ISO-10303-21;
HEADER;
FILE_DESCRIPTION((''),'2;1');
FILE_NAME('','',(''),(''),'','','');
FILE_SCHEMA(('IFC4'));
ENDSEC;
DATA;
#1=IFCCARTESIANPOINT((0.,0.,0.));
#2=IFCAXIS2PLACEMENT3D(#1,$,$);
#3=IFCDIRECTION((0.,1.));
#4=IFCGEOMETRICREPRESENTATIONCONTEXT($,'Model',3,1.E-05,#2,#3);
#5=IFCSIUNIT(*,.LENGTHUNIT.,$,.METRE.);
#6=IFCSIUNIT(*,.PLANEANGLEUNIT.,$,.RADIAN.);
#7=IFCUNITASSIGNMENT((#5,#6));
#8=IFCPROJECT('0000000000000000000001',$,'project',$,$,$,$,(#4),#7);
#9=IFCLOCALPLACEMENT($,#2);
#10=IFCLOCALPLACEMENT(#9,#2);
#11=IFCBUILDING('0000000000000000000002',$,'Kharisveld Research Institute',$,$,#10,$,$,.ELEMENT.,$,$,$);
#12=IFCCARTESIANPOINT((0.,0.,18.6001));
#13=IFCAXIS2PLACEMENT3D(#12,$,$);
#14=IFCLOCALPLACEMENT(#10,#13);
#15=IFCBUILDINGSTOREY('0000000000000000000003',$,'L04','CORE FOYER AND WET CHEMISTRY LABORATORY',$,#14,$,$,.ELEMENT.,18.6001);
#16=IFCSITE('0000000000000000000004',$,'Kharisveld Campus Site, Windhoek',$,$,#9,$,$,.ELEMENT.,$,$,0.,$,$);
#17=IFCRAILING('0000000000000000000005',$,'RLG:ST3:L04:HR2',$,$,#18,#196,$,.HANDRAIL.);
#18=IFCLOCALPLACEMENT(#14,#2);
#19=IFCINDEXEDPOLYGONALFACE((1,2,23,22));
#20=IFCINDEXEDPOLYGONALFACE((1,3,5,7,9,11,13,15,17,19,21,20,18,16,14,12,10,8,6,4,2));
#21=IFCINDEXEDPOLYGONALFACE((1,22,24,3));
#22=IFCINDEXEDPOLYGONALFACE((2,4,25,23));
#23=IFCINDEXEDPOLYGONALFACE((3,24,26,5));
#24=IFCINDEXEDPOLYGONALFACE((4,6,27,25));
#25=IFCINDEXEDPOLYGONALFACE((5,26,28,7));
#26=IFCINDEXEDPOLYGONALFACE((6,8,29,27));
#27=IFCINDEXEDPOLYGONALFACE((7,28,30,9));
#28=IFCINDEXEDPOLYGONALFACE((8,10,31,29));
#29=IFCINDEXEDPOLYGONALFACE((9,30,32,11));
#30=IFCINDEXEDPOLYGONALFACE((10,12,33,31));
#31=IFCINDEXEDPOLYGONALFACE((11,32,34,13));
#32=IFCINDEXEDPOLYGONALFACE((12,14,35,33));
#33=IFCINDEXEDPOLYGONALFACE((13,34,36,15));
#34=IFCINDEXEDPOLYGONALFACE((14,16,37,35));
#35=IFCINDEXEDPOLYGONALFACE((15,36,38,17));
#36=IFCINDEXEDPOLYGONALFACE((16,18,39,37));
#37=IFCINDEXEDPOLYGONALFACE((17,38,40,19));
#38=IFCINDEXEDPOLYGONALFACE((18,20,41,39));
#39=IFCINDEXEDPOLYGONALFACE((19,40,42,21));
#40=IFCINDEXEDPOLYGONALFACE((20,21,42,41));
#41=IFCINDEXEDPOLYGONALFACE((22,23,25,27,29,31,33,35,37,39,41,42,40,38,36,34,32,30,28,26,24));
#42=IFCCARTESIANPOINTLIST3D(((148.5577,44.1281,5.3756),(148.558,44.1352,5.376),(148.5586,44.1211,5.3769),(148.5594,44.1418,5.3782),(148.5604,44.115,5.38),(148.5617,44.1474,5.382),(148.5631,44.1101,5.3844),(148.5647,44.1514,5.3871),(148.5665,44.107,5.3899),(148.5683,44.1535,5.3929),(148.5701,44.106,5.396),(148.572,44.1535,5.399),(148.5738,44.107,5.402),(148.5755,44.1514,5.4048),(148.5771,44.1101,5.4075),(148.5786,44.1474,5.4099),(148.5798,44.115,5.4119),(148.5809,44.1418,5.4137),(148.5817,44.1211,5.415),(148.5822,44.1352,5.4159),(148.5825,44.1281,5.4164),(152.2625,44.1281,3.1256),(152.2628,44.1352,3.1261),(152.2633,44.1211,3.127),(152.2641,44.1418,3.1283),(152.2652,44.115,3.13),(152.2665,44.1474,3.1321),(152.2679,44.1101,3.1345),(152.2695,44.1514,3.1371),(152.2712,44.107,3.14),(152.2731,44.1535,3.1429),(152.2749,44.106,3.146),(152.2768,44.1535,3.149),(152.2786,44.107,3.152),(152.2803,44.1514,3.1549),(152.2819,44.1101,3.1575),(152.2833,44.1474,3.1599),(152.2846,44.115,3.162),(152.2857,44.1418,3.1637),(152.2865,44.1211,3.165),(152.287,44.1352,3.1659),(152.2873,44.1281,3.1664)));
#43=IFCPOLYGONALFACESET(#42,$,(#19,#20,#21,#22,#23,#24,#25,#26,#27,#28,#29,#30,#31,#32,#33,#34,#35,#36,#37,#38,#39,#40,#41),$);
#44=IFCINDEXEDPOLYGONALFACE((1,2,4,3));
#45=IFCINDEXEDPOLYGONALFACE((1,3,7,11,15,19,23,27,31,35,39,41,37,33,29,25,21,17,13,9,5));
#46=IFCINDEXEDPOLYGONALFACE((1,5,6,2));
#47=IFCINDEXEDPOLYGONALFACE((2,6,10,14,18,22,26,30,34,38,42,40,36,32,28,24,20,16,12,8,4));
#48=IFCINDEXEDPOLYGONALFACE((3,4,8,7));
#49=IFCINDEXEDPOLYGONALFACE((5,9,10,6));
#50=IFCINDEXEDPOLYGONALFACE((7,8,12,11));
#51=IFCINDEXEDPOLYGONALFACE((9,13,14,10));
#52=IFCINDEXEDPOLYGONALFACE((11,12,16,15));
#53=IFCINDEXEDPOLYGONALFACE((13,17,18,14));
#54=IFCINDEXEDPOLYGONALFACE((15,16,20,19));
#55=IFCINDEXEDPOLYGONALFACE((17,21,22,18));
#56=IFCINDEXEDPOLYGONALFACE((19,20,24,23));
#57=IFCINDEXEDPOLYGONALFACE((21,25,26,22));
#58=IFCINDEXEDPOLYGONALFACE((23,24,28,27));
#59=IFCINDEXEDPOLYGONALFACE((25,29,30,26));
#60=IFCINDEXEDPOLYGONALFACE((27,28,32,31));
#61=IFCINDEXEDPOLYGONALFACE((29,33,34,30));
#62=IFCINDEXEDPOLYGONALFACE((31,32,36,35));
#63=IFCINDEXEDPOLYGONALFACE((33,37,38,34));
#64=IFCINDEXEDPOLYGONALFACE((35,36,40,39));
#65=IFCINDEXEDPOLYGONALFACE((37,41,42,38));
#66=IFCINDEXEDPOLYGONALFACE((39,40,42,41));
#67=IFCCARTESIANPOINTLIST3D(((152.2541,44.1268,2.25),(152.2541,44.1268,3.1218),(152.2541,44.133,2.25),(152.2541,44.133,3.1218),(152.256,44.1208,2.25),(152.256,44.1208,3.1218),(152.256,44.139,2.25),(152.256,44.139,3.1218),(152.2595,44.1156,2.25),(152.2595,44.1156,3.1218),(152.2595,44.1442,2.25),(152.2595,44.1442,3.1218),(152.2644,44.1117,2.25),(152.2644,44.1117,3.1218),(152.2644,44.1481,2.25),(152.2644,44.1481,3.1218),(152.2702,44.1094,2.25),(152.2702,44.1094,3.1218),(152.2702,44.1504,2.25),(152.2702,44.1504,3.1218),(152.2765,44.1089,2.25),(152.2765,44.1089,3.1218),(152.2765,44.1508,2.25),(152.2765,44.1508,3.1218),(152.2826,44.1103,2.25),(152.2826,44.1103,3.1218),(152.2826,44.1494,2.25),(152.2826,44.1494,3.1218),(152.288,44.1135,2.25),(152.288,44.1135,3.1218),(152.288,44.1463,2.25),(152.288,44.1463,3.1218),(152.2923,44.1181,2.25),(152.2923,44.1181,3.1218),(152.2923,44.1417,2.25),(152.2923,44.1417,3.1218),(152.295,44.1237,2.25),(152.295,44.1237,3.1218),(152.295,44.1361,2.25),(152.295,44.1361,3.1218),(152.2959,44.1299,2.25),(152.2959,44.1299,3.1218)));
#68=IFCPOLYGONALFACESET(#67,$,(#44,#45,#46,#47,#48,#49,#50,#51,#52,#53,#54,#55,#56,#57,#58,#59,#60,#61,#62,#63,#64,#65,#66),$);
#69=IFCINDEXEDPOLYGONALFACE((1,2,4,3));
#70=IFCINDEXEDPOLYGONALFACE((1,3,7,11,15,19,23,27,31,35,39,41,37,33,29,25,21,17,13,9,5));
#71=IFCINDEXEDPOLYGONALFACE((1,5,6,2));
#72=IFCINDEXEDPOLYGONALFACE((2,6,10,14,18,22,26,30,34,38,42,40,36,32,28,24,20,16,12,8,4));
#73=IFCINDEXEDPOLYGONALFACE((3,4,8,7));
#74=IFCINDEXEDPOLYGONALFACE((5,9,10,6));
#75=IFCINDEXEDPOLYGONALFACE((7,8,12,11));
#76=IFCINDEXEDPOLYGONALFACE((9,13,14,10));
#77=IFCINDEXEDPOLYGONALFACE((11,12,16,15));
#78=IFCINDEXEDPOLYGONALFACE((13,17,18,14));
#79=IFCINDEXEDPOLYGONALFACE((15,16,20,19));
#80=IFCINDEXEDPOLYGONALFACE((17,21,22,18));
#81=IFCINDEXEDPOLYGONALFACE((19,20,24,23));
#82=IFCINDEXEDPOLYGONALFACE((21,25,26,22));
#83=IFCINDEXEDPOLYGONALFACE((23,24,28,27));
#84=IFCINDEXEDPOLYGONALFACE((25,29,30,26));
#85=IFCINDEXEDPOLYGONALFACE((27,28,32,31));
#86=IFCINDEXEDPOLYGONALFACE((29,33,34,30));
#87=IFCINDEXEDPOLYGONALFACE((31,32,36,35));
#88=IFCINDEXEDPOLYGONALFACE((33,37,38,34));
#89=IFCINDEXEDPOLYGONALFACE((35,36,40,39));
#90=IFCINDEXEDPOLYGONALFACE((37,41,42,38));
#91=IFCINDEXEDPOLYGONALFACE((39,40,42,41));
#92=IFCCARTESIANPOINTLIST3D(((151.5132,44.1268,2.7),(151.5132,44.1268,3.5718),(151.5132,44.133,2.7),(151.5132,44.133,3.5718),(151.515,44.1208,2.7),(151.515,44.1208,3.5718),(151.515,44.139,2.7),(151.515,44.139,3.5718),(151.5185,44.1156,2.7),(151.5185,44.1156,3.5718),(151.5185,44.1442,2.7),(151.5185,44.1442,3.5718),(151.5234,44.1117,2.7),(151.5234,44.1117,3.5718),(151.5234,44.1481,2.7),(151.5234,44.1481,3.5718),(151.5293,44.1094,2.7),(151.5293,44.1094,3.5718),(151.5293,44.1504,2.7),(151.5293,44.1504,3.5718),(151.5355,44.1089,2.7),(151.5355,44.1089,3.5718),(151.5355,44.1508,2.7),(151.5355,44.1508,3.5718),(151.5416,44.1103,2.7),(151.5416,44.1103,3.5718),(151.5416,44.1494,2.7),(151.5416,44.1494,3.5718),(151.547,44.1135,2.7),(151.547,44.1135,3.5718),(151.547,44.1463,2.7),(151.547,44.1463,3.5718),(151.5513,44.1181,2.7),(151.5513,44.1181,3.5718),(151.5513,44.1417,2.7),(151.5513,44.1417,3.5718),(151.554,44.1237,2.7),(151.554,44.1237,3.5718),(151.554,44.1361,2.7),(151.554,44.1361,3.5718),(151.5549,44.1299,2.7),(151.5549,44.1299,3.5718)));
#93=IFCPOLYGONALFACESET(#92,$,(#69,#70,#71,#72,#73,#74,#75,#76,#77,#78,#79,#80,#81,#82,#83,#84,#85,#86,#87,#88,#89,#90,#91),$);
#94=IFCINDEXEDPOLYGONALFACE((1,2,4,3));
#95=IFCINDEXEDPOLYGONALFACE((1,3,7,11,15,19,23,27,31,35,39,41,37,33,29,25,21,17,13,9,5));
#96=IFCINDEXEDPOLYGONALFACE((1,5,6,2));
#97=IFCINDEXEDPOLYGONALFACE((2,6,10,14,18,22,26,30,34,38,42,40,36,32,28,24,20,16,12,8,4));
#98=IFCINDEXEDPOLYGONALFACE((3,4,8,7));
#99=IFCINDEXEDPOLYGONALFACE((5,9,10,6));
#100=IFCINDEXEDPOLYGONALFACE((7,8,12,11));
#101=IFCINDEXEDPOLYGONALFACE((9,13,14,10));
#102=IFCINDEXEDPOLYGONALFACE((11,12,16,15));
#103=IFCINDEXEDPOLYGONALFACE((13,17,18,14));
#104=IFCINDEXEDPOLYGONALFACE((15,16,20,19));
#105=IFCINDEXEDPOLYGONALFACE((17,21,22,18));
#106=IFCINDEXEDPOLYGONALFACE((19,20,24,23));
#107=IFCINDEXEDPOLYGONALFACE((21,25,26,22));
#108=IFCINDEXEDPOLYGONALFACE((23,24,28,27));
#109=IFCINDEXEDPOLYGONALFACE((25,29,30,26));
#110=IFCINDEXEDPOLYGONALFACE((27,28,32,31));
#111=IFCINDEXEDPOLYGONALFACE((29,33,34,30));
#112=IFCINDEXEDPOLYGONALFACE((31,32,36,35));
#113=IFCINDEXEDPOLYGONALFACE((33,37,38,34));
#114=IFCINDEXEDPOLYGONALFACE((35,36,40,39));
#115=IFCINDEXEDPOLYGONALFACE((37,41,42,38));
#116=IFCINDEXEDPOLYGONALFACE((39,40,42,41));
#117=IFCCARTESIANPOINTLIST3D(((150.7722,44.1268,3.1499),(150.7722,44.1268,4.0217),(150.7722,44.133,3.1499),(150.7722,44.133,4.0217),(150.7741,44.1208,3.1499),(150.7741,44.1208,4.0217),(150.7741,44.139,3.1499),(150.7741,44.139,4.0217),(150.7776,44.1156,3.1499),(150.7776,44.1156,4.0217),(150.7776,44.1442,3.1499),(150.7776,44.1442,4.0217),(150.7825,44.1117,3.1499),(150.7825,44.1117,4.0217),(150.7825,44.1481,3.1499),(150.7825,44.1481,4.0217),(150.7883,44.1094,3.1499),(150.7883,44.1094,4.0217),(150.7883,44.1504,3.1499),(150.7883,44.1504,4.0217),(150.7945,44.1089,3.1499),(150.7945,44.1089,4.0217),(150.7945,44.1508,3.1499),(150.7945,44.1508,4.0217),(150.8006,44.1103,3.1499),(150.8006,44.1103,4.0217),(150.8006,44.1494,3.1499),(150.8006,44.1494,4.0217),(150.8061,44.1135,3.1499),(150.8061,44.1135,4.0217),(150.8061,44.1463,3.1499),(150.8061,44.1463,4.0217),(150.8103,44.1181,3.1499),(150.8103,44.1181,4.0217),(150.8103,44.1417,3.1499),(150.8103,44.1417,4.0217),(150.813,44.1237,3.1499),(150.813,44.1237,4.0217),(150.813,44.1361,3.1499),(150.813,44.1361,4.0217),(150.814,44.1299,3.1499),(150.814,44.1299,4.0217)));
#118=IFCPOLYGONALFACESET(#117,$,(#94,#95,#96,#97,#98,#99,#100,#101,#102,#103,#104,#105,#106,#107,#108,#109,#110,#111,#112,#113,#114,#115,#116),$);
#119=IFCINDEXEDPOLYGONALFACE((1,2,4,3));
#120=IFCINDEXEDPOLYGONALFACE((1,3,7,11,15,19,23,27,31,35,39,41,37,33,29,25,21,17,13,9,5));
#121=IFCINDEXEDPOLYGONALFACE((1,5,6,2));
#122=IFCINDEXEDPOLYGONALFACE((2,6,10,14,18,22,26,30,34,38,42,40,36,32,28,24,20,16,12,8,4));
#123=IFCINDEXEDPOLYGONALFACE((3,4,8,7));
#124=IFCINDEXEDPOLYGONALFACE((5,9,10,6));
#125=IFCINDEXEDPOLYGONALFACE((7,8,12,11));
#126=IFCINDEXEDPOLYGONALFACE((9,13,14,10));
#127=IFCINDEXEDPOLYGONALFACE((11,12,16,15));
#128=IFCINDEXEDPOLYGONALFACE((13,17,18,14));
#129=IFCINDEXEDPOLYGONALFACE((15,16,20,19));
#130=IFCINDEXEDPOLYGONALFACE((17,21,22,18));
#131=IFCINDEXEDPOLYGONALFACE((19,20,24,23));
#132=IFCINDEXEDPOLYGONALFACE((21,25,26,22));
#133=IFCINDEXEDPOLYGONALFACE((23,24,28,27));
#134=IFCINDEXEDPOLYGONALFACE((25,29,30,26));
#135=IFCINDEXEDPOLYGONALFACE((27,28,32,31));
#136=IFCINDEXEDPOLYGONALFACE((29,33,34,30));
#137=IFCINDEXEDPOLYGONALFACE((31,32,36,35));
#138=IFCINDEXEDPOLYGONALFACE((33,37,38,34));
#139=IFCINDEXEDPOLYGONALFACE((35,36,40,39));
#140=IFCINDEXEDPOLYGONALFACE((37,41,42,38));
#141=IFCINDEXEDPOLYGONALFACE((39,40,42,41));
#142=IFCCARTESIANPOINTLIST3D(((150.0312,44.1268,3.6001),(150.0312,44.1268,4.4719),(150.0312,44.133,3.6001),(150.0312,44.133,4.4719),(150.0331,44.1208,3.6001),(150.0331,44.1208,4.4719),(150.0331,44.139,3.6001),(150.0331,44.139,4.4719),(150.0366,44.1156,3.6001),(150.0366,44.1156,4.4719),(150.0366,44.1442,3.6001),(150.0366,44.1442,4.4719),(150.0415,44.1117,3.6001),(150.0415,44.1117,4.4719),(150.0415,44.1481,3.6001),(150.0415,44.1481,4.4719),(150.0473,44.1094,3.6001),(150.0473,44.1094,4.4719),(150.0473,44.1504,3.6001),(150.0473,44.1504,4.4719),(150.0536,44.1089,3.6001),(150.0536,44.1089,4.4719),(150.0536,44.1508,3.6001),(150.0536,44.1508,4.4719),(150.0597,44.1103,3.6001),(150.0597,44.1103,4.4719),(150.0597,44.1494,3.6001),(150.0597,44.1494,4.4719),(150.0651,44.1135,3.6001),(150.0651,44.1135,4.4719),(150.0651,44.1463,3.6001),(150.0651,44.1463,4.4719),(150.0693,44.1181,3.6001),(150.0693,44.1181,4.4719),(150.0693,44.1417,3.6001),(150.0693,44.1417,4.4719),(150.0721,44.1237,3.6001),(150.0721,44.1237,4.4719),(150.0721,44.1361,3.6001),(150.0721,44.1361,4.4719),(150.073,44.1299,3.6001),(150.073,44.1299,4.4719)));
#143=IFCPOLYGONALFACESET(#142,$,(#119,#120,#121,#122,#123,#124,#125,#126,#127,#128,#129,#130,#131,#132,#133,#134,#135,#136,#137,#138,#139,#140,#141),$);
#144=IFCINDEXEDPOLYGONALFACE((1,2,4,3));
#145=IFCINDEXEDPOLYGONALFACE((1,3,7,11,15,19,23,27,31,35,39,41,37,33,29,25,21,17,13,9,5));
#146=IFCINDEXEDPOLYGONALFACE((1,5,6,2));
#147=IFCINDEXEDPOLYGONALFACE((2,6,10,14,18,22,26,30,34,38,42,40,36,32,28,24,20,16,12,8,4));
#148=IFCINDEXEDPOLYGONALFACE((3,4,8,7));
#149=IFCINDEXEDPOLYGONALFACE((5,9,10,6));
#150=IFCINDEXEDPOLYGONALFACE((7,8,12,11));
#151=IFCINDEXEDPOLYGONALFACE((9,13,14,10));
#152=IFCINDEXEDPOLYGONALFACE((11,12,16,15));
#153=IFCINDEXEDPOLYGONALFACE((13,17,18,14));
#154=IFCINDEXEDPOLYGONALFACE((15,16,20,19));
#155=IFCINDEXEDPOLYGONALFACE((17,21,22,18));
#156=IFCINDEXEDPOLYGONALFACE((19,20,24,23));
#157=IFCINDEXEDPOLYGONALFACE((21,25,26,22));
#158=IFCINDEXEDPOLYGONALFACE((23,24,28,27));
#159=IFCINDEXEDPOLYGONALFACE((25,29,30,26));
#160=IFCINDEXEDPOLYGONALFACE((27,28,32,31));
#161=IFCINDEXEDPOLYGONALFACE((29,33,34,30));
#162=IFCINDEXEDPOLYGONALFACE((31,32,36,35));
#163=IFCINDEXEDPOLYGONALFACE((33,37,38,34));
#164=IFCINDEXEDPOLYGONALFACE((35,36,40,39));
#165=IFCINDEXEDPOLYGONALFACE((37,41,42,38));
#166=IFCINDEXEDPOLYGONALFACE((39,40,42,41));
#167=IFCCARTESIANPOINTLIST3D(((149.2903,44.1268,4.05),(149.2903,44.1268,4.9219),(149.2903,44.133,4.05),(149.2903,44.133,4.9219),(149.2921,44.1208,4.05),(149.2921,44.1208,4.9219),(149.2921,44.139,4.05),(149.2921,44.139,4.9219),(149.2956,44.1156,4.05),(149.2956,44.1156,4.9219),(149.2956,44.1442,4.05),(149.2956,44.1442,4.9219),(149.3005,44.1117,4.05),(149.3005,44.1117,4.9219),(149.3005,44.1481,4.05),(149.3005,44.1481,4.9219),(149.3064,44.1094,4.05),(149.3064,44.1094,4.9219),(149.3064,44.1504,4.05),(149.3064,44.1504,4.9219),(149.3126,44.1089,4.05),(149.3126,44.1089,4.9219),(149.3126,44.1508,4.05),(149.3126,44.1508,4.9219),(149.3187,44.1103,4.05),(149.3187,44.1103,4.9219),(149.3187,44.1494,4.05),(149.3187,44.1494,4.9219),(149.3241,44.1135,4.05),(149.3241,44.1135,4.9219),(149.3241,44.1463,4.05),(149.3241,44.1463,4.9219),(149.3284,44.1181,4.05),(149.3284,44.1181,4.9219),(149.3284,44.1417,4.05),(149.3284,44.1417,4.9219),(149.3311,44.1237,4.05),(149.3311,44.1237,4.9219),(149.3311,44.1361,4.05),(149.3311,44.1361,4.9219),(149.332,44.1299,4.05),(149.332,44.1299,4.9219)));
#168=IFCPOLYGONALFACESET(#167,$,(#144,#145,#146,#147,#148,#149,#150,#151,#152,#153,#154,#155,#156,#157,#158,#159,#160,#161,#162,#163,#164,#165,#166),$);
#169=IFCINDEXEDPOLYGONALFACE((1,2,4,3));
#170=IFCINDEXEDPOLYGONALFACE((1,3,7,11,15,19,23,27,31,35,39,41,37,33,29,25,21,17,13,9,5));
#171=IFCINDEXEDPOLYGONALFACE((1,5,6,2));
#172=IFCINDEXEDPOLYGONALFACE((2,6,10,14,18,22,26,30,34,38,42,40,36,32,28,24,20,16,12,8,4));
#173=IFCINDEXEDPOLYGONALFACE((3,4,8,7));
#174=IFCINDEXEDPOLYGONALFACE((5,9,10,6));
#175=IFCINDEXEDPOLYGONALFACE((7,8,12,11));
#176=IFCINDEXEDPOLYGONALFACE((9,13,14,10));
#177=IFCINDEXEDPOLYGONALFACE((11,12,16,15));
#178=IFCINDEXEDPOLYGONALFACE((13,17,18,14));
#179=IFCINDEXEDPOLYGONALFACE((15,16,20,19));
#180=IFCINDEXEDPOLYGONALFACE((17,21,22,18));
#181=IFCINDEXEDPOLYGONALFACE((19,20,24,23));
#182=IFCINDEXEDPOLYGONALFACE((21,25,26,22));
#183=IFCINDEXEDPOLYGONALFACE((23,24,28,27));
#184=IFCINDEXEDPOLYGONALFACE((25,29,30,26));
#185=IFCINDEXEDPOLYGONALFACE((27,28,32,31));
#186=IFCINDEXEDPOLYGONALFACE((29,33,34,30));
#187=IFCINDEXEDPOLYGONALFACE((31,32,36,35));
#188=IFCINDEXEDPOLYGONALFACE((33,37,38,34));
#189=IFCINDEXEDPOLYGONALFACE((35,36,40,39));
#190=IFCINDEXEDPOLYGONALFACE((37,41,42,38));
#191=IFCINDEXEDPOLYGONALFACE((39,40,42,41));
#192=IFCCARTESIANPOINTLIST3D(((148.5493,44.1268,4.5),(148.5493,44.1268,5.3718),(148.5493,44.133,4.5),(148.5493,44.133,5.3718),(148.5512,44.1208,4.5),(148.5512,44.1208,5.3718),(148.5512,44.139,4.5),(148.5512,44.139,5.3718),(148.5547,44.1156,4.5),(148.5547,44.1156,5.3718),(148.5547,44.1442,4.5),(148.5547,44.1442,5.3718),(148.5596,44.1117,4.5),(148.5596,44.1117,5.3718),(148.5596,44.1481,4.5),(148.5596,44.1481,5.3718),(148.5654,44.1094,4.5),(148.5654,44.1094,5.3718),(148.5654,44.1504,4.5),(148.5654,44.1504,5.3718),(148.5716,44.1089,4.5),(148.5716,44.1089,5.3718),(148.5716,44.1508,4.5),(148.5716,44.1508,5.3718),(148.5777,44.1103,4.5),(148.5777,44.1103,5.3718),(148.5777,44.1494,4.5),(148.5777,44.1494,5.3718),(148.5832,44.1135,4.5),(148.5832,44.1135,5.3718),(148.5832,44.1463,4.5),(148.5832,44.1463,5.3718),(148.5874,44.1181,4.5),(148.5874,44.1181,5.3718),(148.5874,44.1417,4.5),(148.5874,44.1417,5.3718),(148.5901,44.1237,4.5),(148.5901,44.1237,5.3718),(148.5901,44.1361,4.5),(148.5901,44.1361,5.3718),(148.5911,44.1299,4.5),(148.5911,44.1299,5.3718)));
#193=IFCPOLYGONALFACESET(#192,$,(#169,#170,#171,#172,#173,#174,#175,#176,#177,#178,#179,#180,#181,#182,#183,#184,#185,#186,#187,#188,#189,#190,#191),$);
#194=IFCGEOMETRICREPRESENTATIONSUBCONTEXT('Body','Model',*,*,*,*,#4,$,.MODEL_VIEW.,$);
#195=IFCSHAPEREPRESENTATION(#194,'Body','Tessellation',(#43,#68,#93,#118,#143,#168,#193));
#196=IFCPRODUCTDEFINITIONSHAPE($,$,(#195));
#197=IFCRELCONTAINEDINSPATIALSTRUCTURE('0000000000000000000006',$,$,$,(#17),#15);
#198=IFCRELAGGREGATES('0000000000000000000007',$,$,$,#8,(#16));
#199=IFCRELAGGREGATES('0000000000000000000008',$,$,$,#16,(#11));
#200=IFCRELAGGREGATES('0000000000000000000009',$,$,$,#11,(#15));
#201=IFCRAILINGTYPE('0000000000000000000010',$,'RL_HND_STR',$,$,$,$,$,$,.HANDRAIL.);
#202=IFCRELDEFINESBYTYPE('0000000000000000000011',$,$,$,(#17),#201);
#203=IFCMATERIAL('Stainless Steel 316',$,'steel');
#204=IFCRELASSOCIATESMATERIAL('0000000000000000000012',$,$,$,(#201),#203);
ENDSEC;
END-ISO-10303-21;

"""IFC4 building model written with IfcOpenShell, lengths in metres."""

from ifc_helpers import new_model, si_unit, direction, frame, origin, origin_2d, place, context, subcontext, project, spatial, circle, extrude, material, type_object, element, save


model = new_model("IFC4")

# Units and contexts
model_context = context("Model", 3, precision=1e-05, world=origin(), true_north=direction((0.0, 1.0)))
body_context = subcontext(model_context, "Body", "Model", "MODEL_VIEW")
ifc_project = project(units=[si_unit("LENGTHUNIT", "METRE"), si_unit("PLANEANGLEUNIT", "RADIAN")], contexts=[model_context])

# Site, building, storey
site_placement = place(None, origin())
site = spatial("IfcSite", under=ifc_project, at=site_placement, Name="Kharisveld Campus Site, Windhoek", CompositionType="ELEMENT", RefElevation=0.0)
building_placement = place(site_placement, origin())
building = spatial("IfcBuilding", under=site, at=building_placement, Name="Kharisveld Research Institute", CompositionType="ELEMENT")
storey_placement = place(building_placement, frame((0.0, 0.0, 18.6001)))
storey = spatial("IfcBuildingStorey", under=building, at=storey_placement, Name="L04", Description="CORE FOYER AND WET CHEMISTRY LABORATORY", CompositionType="ELEMENT", Elevation=18.6001)

# Railing
ifc_material_1 = material(Name="Stainless Steel 316", Category="steel")
railing_type_1 = type_object("IfcRailingType", Name="RL_HND_STR", PredefinedType="HANDRAIL", material=ifc_material_1)
railing_1_placement = place(storey_placement, frame((152.2749, 44.1299, 2.25)))
element("IfcRailing", 1, at=railing_1_placement, inside=storey, type_object=railing_type_1, Name="RLG:ST3:L04:HR2", PredefinedType="HANDRAIL", context=body_context, shape_type="SweptSolid", body=[
    extrude(circle(Radius=0.0239, at=origin_2d()), frame((0.0, 0.0, 0.896), z_axis=(-0.854722, 0.0, 0.519085), x_axis=(0.0, -1.0, 0.0)), (0.0, 0.0, 1.0), 4.3345),
    extrude(circle(Radius=0.021, at=origin_2d()), origin(), (0.0, 0.0, 1.0), 0.8718),
    extrude(circle(Radius=0.021, at=origin_2d()), frame((-0.741, 0.0, 0.45)), (0.0, 0.0, 1.0), 0.8718),
    extrude(circle(Radius=0.021, at=origin_2d()), frame((-1.4819, 0.0, 0.8999)), (0.0, 0.0, 1.0), 0.8718),
    extrude(circle(Radius=0.021, at=origin_2d()), frame((-2.2229, 0.0, 1.3501)), (0.0, 0.0, 1.0), 0.8718),
    extrude(circle(Radius=0.021, at=origin_2d()), frame((-2.9639, 0.0, 1.8)), (0.0, 0.0, 1.0), 0.8718),
    extrude(circle(Radius=0.021, at=origin_2d()), frame((-3.7048, 0.0, 2.25)), (0.0, 0.0, 1.0), 0.8718),
])

save(model, "model.ifc")
